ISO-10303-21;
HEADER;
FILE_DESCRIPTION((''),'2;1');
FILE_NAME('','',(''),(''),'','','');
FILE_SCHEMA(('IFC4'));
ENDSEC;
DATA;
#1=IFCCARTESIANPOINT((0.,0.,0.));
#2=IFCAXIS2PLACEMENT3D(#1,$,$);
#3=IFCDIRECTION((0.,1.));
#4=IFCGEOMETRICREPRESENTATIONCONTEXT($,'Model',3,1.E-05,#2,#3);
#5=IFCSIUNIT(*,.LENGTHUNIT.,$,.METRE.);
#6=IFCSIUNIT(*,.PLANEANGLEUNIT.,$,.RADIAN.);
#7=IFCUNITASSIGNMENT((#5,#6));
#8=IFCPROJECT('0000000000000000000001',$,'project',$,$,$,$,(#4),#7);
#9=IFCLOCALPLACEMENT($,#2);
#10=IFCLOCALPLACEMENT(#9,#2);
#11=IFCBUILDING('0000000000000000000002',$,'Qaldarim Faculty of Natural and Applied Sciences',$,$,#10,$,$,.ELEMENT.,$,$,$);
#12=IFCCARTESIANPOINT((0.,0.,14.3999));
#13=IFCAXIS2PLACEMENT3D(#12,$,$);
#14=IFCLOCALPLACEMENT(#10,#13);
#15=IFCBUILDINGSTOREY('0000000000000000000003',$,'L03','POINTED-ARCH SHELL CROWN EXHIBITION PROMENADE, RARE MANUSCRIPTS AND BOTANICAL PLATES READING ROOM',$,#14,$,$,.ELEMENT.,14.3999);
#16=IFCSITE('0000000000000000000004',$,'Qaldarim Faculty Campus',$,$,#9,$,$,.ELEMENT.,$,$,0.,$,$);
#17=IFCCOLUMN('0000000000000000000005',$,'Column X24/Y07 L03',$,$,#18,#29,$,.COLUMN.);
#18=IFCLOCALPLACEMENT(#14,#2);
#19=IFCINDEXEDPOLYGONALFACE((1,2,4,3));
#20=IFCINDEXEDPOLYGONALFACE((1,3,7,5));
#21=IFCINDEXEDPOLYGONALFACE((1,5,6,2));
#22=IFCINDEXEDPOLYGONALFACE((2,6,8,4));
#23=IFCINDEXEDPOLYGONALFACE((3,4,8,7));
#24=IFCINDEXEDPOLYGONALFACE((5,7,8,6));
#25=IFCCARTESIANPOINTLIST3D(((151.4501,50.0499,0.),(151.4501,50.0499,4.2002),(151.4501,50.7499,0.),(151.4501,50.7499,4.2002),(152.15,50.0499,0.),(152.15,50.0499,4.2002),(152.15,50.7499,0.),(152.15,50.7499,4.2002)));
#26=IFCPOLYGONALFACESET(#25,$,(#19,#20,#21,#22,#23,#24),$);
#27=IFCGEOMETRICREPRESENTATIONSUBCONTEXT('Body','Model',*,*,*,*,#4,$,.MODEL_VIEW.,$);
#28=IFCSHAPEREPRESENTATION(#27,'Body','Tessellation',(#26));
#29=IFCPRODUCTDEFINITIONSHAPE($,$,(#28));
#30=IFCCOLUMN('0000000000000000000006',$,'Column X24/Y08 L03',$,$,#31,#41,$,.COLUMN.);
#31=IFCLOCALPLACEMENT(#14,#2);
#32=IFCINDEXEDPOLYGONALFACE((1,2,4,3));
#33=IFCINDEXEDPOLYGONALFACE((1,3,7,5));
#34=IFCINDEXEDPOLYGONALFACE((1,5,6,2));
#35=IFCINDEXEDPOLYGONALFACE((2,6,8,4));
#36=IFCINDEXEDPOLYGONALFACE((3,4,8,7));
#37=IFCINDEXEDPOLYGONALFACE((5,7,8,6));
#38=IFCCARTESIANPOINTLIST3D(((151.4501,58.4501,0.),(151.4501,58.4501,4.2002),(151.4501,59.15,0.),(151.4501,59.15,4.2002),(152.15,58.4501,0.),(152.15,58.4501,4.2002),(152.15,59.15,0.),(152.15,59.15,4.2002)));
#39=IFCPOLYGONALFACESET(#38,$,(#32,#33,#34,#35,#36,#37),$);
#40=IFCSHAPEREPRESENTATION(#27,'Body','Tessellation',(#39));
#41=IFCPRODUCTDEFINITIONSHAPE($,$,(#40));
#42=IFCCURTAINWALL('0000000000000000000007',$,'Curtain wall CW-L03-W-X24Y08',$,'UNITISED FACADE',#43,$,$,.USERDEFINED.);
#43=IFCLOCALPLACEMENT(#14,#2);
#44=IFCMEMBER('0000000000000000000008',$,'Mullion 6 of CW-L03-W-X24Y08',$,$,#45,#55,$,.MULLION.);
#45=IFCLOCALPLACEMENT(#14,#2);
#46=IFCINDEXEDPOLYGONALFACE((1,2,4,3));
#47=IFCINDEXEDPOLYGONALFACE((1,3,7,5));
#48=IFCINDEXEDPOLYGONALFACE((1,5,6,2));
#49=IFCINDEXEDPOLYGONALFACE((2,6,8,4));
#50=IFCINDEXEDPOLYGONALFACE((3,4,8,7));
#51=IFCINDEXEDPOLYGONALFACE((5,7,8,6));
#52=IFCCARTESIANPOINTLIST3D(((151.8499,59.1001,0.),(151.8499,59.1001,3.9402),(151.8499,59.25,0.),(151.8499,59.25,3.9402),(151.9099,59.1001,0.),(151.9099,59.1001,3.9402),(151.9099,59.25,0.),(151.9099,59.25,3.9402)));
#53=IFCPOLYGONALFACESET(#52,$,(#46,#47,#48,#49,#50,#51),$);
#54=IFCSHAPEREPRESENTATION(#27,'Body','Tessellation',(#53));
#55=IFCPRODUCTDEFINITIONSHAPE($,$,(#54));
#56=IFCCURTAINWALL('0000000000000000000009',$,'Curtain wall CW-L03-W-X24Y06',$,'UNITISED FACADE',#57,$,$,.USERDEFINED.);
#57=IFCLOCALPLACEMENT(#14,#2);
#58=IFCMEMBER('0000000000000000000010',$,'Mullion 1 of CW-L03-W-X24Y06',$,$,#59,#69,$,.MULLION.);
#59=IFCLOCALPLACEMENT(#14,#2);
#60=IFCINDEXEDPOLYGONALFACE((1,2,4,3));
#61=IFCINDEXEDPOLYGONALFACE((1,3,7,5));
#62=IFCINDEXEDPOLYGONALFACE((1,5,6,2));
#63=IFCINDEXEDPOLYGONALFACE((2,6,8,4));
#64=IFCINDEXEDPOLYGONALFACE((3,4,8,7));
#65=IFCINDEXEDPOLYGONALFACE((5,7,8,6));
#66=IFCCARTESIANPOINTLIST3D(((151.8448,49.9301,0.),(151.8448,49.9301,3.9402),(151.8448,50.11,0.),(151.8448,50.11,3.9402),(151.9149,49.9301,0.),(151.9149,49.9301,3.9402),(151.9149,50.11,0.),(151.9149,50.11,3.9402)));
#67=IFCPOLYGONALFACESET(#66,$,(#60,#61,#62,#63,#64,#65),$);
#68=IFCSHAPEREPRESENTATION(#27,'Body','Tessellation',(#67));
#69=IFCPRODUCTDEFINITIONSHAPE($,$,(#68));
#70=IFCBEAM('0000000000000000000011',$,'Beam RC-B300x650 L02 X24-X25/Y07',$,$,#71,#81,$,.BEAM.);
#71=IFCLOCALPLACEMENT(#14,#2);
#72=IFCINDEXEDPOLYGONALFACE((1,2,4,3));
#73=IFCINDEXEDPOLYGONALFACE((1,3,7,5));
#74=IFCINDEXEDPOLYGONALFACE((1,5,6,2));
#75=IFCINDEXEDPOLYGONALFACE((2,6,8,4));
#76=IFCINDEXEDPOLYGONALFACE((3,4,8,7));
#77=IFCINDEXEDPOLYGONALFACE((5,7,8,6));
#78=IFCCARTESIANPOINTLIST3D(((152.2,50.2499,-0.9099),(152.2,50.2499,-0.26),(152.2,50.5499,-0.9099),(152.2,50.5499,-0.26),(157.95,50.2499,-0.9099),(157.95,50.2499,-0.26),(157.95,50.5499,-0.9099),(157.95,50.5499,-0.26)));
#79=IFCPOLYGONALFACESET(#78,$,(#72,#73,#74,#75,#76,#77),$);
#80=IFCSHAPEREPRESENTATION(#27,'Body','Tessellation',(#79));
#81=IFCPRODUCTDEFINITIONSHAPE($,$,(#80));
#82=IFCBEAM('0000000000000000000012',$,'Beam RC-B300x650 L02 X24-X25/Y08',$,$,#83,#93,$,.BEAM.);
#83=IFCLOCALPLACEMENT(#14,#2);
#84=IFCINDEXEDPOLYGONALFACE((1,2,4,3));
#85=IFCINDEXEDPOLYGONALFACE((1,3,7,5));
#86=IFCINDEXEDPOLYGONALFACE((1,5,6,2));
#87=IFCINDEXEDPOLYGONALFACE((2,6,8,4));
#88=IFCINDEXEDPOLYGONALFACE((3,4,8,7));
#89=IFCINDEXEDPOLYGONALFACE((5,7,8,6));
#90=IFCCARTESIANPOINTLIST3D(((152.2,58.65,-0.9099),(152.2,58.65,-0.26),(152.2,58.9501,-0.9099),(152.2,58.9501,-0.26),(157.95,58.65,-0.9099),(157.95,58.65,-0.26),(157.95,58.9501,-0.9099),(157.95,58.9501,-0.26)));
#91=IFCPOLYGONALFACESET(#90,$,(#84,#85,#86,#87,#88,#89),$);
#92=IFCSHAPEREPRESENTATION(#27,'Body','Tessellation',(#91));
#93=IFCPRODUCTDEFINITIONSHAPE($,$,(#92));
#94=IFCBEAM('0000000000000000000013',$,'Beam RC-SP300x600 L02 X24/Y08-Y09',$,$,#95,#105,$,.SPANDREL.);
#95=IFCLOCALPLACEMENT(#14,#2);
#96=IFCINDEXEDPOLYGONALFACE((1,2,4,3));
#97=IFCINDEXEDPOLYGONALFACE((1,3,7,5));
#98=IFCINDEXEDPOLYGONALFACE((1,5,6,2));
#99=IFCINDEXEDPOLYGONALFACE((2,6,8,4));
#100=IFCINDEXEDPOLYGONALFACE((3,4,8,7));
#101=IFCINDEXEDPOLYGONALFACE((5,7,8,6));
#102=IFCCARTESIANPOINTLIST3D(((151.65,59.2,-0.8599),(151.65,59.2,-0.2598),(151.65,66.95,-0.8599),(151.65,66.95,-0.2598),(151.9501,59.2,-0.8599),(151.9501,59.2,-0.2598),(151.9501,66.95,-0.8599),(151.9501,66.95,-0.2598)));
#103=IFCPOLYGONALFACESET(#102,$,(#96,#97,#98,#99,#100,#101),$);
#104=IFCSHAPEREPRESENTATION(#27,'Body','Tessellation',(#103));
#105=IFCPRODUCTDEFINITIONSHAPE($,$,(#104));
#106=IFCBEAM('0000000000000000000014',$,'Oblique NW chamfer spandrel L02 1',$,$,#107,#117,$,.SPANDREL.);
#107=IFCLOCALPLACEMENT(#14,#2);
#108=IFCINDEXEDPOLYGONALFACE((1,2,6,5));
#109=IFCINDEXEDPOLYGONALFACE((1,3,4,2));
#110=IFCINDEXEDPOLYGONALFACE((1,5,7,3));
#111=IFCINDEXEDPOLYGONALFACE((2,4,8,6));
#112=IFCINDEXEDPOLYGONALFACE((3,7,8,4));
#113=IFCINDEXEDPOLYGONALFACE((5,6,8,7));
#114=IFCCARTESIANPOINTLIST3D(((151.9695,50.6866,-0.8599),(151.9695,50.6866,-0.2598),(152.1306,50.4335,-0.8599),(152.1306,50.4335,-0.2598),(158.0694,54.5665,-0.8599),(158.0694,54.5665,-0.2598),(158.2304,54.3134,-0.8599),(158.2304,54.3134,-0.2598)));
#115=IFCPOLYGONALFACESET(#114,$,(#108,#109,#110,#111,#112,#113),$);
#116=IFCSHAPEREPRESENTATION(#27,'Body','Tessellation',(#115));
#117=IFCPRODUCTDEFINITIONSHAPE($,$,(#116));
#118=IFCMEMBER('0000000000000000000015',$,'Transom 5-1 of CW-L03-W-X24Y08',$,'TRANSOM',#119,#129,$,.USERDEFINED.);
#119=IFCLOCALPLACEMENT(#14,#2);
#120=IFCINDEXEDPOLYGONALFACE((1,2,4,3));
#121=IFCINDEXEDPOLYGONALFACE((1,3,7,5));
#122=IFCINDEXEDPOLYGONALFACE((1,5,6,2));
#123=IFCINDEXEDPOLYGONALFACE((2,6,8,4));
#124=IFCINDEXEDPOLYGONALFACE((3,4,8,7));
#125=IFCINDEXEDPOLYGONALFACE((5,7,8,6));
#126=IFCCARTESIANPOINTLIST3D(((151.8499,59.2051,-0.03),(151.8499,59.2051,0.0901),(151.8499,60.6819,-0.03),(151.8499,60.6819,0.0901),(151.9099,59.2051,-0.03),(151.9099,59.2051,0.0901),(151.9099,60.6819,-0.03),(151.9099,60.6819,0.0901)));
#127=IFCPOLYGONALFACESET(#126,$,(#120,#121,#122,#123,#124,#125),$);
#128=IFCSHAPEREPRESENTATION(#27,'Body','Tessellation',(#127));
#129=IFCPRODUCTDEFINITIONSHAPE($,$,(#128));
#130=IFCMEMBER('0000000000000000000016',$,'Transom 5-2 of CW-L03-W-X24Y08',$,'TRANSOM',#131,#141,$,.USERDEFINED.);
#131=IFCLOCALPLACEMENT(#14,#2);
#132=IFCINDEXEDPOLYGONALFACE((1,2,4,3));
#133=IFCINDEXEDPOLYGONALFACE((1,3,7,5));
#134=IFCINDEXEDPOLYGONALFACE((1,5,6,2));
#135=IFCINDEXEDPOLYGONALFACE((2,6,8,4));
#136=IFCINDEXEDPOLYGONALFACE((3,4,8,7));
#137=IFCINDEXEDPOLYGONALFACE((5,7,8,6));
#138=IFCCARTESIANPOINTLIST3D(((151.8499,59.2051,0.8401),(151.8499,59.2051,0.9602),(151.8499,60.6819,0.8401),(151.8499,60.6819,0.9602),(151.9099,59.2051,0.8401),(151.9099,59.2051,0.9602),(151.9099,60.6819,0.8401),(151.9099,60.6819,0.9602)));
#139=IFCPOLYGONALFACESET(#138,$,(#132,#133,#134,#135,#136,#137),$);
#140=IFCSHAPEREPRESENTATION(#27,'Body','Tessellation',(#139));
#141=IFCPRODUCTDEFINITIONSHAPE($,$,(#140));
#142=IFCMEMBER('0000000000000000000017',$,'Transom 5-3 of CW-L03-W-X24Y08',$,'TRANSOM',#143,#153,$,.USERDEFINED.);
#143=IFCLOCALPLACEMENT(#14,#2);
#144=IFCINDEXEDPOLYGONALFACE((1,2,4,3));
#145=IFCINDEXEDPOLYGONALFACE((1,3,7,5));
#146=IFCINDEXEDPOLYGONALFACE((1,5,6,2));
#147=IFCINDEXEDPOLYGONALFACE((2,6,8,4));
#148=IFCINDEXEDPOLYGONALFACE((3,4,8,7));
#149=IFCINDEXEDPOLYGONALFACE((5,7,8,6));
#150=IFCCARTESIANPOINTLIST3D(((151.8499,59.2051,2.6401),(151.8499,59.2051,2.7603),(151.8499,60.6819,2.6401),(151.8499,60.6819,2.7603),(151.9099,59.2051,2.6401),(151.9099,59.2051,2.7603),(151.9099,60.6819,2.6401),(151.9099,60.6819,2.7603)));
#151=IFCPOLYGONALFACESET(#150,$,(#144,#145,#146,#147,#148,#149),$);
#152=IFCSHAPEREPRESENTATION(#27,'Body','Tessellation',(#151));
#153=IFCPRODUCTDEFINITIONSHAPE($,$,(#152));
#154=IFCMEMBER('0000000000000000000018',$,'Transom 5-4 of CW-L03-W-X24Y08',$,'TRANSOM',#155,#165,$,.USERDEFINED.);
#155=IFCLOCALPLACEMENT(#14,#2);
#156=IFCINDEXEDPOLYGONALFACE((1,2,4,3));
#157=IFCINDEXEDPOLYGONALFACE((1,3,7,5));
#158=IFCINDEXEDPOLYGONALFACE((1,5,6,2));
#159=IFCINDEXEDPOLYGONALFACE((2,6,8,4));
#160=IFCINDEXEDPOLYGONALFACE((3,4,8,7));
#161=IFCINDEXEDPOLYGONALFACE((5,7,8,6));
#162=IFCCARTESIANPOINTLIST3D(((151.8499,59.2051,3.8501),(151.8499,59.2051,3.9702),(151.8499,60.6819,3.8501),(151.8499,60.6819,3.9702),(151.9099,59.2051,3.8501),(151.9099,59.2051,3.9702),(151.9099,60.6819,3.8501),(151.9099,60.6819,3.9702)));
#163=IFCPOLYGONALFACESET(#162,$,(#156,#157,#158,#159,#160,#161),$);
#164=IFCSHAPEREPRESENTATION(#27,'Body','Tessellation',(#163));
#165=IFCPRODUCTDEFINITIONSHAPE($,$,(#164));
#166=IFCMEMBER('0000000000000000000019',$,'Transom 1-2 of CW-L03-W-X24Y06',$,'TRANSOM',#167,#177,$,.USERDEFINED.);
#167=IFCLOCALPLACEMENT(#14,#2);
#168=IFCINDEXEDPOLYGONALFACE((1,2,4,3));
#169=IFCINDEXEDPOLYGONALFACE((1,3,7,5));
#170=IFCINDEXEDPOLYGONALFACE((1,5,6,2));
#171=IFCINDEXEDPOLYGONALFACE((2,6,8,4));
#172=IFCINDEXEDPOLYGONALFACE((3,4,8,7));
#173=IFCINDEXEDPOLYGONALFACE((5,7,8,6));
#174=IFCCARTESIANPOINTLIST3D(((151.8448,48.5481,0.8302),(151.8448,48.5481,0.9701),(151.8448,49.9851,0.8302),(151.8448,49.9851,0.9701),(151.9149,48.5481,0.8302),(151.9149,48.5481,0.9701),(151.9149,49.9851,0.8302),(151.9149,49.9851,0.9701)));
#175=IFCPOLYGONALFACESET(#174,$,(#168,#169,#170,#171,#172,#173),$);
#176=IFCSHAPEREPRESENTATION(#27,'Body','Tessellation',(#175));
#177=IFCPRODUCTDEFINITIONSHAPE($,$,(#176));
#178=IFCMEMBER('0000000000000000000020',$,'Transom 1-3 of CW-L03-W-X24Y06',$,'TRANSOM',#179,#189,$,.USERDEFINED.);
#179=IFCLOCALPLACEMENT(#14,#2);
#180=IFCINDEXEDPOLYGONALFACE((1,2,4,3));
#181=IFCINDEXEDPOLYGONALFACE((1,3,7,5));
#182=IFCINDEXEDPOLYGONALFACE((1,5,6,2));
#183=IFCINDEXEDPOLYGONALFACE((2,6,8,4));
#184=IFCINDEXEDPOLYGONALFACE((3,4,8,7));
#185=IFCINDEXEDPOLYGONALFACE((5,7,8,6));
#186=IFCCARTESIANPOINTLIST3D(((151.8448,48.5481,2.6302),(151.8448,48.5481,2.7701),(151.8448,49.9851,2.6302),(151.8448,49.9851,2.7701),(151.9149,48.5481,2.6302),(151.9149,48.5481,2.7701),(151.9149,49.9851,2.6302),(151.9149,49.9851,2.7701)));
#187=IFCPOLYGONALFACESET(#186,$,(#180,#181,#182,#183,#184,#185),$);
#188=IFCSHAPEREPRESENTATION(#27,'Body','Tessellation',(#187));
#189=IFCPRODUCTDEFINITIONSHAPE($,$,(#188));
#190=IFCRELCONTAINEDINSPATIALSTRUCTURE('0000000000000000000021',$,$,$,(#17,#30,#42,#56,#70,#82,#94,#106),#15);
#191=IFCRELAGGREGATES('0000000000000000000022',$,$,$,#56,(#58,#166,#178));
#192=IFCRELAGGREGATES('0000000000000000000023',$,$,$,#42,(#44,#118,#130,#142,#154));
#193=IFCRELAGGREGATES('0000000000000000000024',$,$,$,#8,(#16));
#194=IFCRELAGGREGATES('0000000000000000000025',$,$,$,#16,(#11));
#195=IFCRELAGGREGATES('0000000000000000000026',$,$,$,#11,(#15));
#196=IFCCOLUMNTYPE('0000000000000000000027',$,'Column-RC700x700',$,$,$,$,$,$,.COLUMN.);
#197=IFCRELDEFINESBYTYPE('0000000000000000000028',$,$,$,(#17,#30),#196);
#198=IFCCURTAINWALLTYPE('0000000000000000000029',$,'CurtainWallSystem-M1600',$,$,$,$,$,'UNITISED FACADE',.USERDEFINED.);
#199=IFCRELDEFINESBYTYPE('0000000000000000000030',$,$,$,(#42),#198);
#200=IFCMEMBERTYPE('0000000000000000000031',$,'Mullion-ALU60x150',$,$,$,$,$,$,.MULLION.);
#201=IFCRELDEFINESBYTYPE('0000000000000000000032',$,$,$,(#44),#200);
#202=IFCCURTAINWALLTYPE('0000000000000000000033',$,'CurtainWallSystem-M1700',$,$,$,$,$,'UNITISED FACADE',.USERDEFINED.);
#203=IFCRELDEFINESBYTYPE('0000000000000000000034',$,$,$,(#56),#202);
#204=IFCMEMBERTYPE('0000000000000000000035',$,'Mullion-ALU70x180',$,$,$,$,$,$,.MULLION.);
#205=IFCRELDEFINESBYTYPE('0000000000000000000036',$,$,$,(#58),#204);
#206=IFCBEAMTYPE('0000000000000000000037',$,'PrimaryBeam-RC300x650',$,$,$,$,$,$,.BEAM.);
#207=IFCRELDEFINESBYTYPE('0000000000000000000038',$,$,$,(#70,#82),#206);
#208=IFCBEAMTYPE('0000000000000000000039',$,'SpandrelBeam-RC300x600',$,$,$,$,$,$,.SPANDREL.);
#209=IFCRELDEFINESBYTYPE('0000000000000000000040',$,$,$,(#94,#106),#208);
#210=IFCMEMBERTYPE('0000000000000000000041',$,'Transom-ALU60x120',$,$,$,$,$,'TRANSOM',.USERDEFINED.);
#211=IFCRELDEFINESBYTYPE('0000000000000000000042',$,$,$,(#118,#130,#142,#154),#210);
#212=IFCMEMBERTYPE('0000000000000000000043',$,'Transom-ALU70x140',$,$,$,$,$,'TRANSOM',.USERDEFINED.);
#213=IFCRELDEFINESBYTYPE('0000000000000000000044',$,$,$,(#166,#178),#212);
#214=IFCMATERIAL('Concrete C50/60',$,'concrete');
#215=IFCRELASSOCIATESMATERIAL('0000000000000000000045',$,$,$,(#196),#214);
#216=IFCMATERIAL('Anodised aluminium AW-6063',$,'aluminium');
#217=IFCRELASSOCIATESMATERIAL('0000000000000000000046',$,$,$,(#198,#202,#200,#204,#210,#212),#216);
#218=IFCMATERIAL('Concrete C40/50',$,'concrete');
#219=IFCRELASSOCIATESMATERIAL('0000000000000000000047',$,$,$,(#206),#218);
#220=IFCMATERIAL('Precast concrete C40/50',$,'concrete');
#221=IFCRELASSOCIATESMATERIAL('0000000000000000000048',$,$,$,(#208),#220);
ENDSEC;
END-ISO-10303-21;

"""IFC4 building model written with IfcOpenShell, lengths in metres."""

from ifc_helpers import new_model, si_unit, direction, frame, origin, origin_2d, place, context, subcontext, project, spatial, rectangle, extrude, material, material_profile, profile_set, type_object, element, aggregate, save


model = new_model("IFC4")

# Units and contexts
model_context = context("Model", 3, precision=1e-05, world=origin(), true_north=direction((0.0, 1.0)))
body_context = subcontext(model_context, "Body", "Model", "MODEL_VIEW")
ifc_project = project(units=[si_unit("LENGTHUNIT", "METRE"), si_unit("PLANEANGLEUNIT", "RADIAN")], contexts=[model_context])

# Site, building, storey
site_placement = place(None, origin())
site = spatial("IfcSite", under=ifc_project, at=site_placement, Name="Qaldarim Faculty Campus", CompositionType="ELEMENT", RefElevation=0.0)
building_placement = place(site_placement, origin())
building = spatial("IfcBuilding", under=site, at=building_placement, Name="Qaldarim Faculty of Natural and Applied Sciences", CompositionType="ELEMENT")
storey_placement = place(building_placement, frame((0.0, 0.0, 14.3999)))
storey = spatial("IfcBuildingStorey", under=building, at=storey_placement, Name="L03", Description="POINTED-ARCH SHELL CROWN EXHIBITION PROMENADE, RARE MANUSCRIPTS AND BOTANICAL PLATES READING ROOM", CompositionType="ELEMENT", Elevation=14.3999)

# Columns
ifc_material_1 = material(Name="Concrete C50/60", Category="concrete")
ifc_material_profile_1 = material_profile(ifc_material_1, rectangle(XDim=0.7, YDim=0.7, at=origin_2d()), Name="RC-C700x700")
ifc_profile_set_1 = profile_set([ifc_material_profile_1], Name="Concrete C50/60")
column_type = type_object("IfcColumnType", Name="Column-RC700x700", PredefinedType="COLUMN", material=ifc_profile_set_1)
for number, where, z_axis, x_axis, name in (
    (1, (151.8, 50.3999, 0.0), (0.0, 0.0, 1.0), (1.0, 0.0, 0.0), "Column X24/Y07 L03"),
    (2, (151.8, 58.8, 0.0), (0.0, 0.0, 1.0), (1.0, 0.0, 0.0), "Column X24/Y08 L03"),
):
    element("IfcColumn", number, at=place(storey_placement, frame(where, z_axis=z_axis, x_axis=x_axis)), inside=storey, type_object=column_type, Name=name, PredefinedType="COLUMN", context=body_context, shape_type="SweptSolid", body=[
        extrude(rectangle(XDim=0.7, YDim=0.7, at=origin_2d()), origin(), (0.0, 0.0, 1.0), 4.2002),
    ])

# Curtain walls, members
ifc_material_2 = material(Name="Anodised aluminium AW-6063", Category="aluminium")
curtain_wall_type_1 = type_object("IfcCurtainWallType", Name="CurtainWallSystem-M1600", ElementType="UNITISED FACADE", PredefinedType="USERDEFINED", material=ifc_material_2)
curtain_wall_1_placement = place(storey_placement, origin())
curtain_wall_1 = element("IfcCurtainWall", 3, at=curtain_wall_1_placement, inside=storey, type_object=curtain_wall_type_1, Name="Curtain wall CW-L03-W-X24Y08", ObjectType="UNITISED FACADE", PredefinedType="USERDEFINED")
ifc_material_profile_2 = material_profile(ifc_material_2, rectangle(XDim=0.0601, YDim=0.1499, at=origin_2d()), Name="ALU-M60x150")
ifc_profile_set_2 = profile_set([ifc_material_profile_2], Name="Anodised aluminium AW-6063")
member_type_1 = type_object("IfcMemberType", Name="Mullion-ALU60x150", PredefinedType="MULLION", material=ifc_profile_set_2)
member_1_placement = place(storey_placement, frame((151.8799, 59.175, 0.0), z_axis=(0.0, 0.0, 1.0), x_axis=(1.0, 0.0, 0.0)))
member_1 = element("IfcMember", 4, at=member_1_placement, type_object=member_type_1, Name="Mullion 6 of CW-L03-W-X24Y08", PredefinedType="MULLION", context=body_context, shape_type="SweptSolid", body=[
    extrude(rectangle(XDim=0.0601, YDim=0.1499, at=origin_2d()), origin(), (0.0, 0.0, 1.0), 3.9402),
])
curtain_wall_type_2 = type_object("IfcCurtainWallType", Name="CurtainWallSystem-M1700", ElementType="UNITISED FACADE", PredefinedType="USERDEFINED", material=ifc_material_2)
curtain_wall_2_placement = place(storey_placement, origin())
curtain_wall_2 = element("IfcCurtainWall", 5, at=curtain_wall_2_placement, inside=storey, type_object=curtain_wall_type_2, Name="Curtain wall CW-L03-W-X24Y06", ObjectType="UNITISED FACADE", PredefinedType="USERDEFINED")
ifc_material_profile_3 = material_profile(ifc_material_2, rectangle(XDim=0.0701, YDim=0.1799, at=origin_2d()), Name="ALU-M70x180")
ifc_profile_set_3 = profile_set([ifc_material_profile_3], Name="Anodised aluminium AW-6063")
member_type_2 = type_object("IfcMemberType", Name="Mullion-ALU70x180", PredefinedType="MULLION", material=ifc_profile_set_3)
member_2_placement = place(storey_placement, frame((151.8799, 50.02, 0.0), z_axis=(0.0, 0.0, 1.0), x_axis=(1.0, 0.0, 0.0)))
member_2 = element("IfcMember", 6, at=member_2_placement, type_object=member_type_2, Name="Mullion 1 of CW-L03-W-X24Y06", PredefinedType="MULLION", context=body_context, shape_type="SweptSolid", body=[
    extrude(rectangle(XDim=0.0701, YDim=0.1799, at=origin_2d()), origin(), (0.0, 0.0, 1.0), 3.9402),
])

# Beams
ifc_material_3 = material(Name="Concrete C40/50", Category="concrete")
ifc_material_profile_4 = material_profile(ifc_material_3, rectangle(XDim=0.3, YDim=0.6499, at=origin_2d()), Name="RC-B300x650")
ifc_profile_set_4 = profile_set([ifc_material_profile_4], Name="Concrete C40/50")
beam_type_1 = type_object("IfcBeamType", Name="PrimaryBeam-RC300x650", PredefinedType="BEAM", material=ifc_profile_set_4)
for number, where, z_axis, x_axis, name in (
    (7, (152.2, 50.3999, -0.585), (1.0, 0.0, 0.0), (0.0, 1.0, 0.0), "Beam RC-B300x650 L02 X24-X25/Y07"),
    (8, (152.2, 58.8, -0.585), (1.0, 0.0, 0.0), (0.0, 1.0, 0.0), "Beam RC-B300x650 L02 X24-X25/Y08"),
):
    element("IfcBeam", number, at=place(storey_placement, frame(where, z_axis=z_axis, x_axis=x_axis)), inside=storey, type_object=beam_type_1, Name=name, PredefinedType="BEAM", context=body_context, shape_type="SweptSolid", body=[
        extrude(rectangle(XDim=0.3, YDim=0.6499, at=origin_2d()), origin(), (0.0, 0.0, 1.0), 5.75),
    ])
ifc_material_4 = material(Name="Precast concrete C40/50", Category="concrete")
ifc_material_profile_5 = material_profile(ifc_material_4, rectangle(XDim=0.3, YDim=0.6001, at=origin_2d()), Name="RC-SP300x600")
ifc_profile_set_5 = profile_set([ifc_material_profile_5], Name="Precast concrete C40/50")
beam_type_2 = type_object("IfcBeamType", Name="SpandrelBeam-RC300x600", PredefinedType="SPANDREL", material=ifc_profile_set_5)
beam_1_placement = place(storey_placement, frame((151.8, 59.2, -0.5598), z_axis=(0.0, 1.0, 0.0), x_axis=(-1.0, 0.0, 0.0)))
element("IfcBeam", 9, at=beam_1_placement, inside=storey, type_object=beam_type_2, Name="Beam RC-SP300x600 L02 X24/Y08-Y09", PredefinedType="SPANDREL", context=body_context, shape_type="SweptSolid", body=[
    extrude(rectangle(XDim=0.3, YDim=0.6001, at=origin_2d()), origin(), (0.0, 0.0, 1.0), 7.75),
])
beam_2_placement = place(storey_placement, frame((152.05, 50.5601, -0.5598), z_axis=(0.843777, 0.536694, 0.0), x_axis=(-0.536694, 0.843777, 0.0)))
element("IfcBeam", 10, at=beam_2_placement, inside=storey, type_object=beam_type_2, Name="Oblique NW chamfer spandrel L02 1", PredefinedType="SPANDREL", context=body_context, shape_type="SweptSolid", body=[
    extrude(rectangle(XDim=0.3, YDim=0.6001, at=origin_2d()), origin(), (0.0, 0.0, 1.0), 7.2292),
])

# Members
ifc_material_profile_6 = material_profile(ifc_material_2, rectangle(XDim=0.0601, YDim=0.1201, at=origin_2d()), Name="ALU-T60x120")
ifc_profile_set_6 = profile_set([ifc_material_profile_6], Name="Anodised aluminium AW-6063")
member_type_3 = type_object("IfcMemberType", Name="Transom-ALU60x120", ElementType="TRANSOM", PredefinedType="USERDEFINED", material=ifc_profile_set_6)
member_3_placement = place(storey_placement, frame((151.8799, 60.6819, 0.03), z_axis=(0.0, -1.0, 0.0), x_axis=(1.0, 0.0, 0.0)))
member_3 = element("IfcMember", 11, at=member_3_placement, type_object=member_type_3, Name="Transom 5-1 of CW-L03-W-X24Y08", ObjectType="TRANSOM", PredefinedType="USERDEFINED", context=body_context, shape_type="SweptSolid", body=[
    extrude(rectangle(XDim=0.0601, YDim=0.1201, at=origin_2d()), origin(), (0.0, 0.0, 1.0), 1.4768),
])
member_4_placement = place(storey_placement, frame((151.8799, 60.6819, 0.9001), z_axis=(0.0, -1.0, 0.0), x_axis=(1.0, 0.0, 0.0)))
member_4 = element("IfcMember", 12, at=member_4_placement, type_object=member_type_3, Name="Transom 5-2 of CW-L03-W-X24Y08", ObjectType="TRANSOM", PredefinedType="USERDEFINED", context=body_context, shape_type="SweptSolid", body=[
    extrude(rectangle(XDim=0.0601, YDim=0.1201, at=origin_2d()), origin(), (0.0, 0.0, 1.0), 1.4768),
])
member_5_placement = place(storey_placement, frame((151.8799, 60.6819, 2.7002), z_axis=(0.0, -1.0, 0.0), x_axis=(1.0, 0.0, 0.0)))
member_5 = element("IfcMember", 13, at=member_5_placement, type_object=member_type_3, Name="Transom 5-3 of CW-L03-W-X24Y08", ObjectType="TRANSOM", PredefinedType="USERDEFINED", context=body_context, shape_type="SweptSolid", body=[
    extrude(rectangle(XDim=0.0601, YDim=0.1201, at=origin_2d()), origin(), (0.0, 0.0, 1.0), 1.4768),
])
member_6_placement = place(storey_placement, frame((151.8799, 60.6819, 3.9102), z_axis=(0.0, -1.0, 0.0), x_axis=(1.0, 0.0, 0.0)))
member_6 = element("IfcMember", 14, at=member_6_placement, type_object=member_type_3, Name="Transom 5-4 of CW-L03-W-X24Y08", ObjectType="TRANSOM", PredefinedType="USERDEFINED", context=body_context, shape_type="SweptSolid", body=[
    extrude(rectangle(XDim=0.0601, YDim=0.1201, at=origin_2d()), origin(), (0.0, 0.0, 1.0), 1.4768),
])
ifc_material_profile_7 = material_profile(ifc_material_2, rectangle(XDim=0.0701, YDim=0.1399, at=origin_2d()), Name="ALU-T70x140")
ifc_profile_set_7 = profile_set([ifc_material_profile_7], Name="Anodised aluminium AW-6063")
member_type_4 = type_object("IfcMemberType", Name="Transom-ALU70x140", ElementType="TRANSOM", PredefinedType="USERDEFINED", material=ifc_profile_set_7)
member_7_placement = place(storey_placement, frame((151.8799, 49.9851, 0.9001), z_axis=(0.0, -1.0, 0.0), x_axis=(1.0, 0.0, 0.0)))
member_7 = element("IfcMember", 15, at=member_7_placement, type_object=member_type_4, Name="Transom 1-2 of CW-L03-W-X24Y06", ObjectType="TRANSOM", PredefinedType="USERDEFINED", context=body_context, shape_type="SweptSolid", body=[
    extrude(rectangle(XDim=0.0701, YDim=0.1399, at=origin_2d()), origin(), (0.0, 0.0, 1.0), 1.437),
])
member_8_placement = place(storey_placement, frame((151.8799, 49.9851, 2.7002), z_axis=(0.0, -1.0, 0.0), x_axis=(1.0, 0.0, 0.0)))
member_8 = element("IfcMember", 16, at=member_8_placement, type_object=member_type_4, Name="Transom 1-3 of CW-L03-W-X24Y06", ObjectType="TRANSOM", PredefinedType="USERDEFINED", context=body_context, shape_type="SweptSolid", body=[
    extrude(rectangle(XDim=0.0701, YDim=0.1399, at=origin_2d()), origin(), (0.0, 0.0, 1.0), 1.437),
])
aggregate(curtain_wall_2, [member_2, member_7, member_8])

aggregate(curtain_wall_1, [member_1, member_3, member_4, member_5, member_6])

save(model, "model.ifc")
